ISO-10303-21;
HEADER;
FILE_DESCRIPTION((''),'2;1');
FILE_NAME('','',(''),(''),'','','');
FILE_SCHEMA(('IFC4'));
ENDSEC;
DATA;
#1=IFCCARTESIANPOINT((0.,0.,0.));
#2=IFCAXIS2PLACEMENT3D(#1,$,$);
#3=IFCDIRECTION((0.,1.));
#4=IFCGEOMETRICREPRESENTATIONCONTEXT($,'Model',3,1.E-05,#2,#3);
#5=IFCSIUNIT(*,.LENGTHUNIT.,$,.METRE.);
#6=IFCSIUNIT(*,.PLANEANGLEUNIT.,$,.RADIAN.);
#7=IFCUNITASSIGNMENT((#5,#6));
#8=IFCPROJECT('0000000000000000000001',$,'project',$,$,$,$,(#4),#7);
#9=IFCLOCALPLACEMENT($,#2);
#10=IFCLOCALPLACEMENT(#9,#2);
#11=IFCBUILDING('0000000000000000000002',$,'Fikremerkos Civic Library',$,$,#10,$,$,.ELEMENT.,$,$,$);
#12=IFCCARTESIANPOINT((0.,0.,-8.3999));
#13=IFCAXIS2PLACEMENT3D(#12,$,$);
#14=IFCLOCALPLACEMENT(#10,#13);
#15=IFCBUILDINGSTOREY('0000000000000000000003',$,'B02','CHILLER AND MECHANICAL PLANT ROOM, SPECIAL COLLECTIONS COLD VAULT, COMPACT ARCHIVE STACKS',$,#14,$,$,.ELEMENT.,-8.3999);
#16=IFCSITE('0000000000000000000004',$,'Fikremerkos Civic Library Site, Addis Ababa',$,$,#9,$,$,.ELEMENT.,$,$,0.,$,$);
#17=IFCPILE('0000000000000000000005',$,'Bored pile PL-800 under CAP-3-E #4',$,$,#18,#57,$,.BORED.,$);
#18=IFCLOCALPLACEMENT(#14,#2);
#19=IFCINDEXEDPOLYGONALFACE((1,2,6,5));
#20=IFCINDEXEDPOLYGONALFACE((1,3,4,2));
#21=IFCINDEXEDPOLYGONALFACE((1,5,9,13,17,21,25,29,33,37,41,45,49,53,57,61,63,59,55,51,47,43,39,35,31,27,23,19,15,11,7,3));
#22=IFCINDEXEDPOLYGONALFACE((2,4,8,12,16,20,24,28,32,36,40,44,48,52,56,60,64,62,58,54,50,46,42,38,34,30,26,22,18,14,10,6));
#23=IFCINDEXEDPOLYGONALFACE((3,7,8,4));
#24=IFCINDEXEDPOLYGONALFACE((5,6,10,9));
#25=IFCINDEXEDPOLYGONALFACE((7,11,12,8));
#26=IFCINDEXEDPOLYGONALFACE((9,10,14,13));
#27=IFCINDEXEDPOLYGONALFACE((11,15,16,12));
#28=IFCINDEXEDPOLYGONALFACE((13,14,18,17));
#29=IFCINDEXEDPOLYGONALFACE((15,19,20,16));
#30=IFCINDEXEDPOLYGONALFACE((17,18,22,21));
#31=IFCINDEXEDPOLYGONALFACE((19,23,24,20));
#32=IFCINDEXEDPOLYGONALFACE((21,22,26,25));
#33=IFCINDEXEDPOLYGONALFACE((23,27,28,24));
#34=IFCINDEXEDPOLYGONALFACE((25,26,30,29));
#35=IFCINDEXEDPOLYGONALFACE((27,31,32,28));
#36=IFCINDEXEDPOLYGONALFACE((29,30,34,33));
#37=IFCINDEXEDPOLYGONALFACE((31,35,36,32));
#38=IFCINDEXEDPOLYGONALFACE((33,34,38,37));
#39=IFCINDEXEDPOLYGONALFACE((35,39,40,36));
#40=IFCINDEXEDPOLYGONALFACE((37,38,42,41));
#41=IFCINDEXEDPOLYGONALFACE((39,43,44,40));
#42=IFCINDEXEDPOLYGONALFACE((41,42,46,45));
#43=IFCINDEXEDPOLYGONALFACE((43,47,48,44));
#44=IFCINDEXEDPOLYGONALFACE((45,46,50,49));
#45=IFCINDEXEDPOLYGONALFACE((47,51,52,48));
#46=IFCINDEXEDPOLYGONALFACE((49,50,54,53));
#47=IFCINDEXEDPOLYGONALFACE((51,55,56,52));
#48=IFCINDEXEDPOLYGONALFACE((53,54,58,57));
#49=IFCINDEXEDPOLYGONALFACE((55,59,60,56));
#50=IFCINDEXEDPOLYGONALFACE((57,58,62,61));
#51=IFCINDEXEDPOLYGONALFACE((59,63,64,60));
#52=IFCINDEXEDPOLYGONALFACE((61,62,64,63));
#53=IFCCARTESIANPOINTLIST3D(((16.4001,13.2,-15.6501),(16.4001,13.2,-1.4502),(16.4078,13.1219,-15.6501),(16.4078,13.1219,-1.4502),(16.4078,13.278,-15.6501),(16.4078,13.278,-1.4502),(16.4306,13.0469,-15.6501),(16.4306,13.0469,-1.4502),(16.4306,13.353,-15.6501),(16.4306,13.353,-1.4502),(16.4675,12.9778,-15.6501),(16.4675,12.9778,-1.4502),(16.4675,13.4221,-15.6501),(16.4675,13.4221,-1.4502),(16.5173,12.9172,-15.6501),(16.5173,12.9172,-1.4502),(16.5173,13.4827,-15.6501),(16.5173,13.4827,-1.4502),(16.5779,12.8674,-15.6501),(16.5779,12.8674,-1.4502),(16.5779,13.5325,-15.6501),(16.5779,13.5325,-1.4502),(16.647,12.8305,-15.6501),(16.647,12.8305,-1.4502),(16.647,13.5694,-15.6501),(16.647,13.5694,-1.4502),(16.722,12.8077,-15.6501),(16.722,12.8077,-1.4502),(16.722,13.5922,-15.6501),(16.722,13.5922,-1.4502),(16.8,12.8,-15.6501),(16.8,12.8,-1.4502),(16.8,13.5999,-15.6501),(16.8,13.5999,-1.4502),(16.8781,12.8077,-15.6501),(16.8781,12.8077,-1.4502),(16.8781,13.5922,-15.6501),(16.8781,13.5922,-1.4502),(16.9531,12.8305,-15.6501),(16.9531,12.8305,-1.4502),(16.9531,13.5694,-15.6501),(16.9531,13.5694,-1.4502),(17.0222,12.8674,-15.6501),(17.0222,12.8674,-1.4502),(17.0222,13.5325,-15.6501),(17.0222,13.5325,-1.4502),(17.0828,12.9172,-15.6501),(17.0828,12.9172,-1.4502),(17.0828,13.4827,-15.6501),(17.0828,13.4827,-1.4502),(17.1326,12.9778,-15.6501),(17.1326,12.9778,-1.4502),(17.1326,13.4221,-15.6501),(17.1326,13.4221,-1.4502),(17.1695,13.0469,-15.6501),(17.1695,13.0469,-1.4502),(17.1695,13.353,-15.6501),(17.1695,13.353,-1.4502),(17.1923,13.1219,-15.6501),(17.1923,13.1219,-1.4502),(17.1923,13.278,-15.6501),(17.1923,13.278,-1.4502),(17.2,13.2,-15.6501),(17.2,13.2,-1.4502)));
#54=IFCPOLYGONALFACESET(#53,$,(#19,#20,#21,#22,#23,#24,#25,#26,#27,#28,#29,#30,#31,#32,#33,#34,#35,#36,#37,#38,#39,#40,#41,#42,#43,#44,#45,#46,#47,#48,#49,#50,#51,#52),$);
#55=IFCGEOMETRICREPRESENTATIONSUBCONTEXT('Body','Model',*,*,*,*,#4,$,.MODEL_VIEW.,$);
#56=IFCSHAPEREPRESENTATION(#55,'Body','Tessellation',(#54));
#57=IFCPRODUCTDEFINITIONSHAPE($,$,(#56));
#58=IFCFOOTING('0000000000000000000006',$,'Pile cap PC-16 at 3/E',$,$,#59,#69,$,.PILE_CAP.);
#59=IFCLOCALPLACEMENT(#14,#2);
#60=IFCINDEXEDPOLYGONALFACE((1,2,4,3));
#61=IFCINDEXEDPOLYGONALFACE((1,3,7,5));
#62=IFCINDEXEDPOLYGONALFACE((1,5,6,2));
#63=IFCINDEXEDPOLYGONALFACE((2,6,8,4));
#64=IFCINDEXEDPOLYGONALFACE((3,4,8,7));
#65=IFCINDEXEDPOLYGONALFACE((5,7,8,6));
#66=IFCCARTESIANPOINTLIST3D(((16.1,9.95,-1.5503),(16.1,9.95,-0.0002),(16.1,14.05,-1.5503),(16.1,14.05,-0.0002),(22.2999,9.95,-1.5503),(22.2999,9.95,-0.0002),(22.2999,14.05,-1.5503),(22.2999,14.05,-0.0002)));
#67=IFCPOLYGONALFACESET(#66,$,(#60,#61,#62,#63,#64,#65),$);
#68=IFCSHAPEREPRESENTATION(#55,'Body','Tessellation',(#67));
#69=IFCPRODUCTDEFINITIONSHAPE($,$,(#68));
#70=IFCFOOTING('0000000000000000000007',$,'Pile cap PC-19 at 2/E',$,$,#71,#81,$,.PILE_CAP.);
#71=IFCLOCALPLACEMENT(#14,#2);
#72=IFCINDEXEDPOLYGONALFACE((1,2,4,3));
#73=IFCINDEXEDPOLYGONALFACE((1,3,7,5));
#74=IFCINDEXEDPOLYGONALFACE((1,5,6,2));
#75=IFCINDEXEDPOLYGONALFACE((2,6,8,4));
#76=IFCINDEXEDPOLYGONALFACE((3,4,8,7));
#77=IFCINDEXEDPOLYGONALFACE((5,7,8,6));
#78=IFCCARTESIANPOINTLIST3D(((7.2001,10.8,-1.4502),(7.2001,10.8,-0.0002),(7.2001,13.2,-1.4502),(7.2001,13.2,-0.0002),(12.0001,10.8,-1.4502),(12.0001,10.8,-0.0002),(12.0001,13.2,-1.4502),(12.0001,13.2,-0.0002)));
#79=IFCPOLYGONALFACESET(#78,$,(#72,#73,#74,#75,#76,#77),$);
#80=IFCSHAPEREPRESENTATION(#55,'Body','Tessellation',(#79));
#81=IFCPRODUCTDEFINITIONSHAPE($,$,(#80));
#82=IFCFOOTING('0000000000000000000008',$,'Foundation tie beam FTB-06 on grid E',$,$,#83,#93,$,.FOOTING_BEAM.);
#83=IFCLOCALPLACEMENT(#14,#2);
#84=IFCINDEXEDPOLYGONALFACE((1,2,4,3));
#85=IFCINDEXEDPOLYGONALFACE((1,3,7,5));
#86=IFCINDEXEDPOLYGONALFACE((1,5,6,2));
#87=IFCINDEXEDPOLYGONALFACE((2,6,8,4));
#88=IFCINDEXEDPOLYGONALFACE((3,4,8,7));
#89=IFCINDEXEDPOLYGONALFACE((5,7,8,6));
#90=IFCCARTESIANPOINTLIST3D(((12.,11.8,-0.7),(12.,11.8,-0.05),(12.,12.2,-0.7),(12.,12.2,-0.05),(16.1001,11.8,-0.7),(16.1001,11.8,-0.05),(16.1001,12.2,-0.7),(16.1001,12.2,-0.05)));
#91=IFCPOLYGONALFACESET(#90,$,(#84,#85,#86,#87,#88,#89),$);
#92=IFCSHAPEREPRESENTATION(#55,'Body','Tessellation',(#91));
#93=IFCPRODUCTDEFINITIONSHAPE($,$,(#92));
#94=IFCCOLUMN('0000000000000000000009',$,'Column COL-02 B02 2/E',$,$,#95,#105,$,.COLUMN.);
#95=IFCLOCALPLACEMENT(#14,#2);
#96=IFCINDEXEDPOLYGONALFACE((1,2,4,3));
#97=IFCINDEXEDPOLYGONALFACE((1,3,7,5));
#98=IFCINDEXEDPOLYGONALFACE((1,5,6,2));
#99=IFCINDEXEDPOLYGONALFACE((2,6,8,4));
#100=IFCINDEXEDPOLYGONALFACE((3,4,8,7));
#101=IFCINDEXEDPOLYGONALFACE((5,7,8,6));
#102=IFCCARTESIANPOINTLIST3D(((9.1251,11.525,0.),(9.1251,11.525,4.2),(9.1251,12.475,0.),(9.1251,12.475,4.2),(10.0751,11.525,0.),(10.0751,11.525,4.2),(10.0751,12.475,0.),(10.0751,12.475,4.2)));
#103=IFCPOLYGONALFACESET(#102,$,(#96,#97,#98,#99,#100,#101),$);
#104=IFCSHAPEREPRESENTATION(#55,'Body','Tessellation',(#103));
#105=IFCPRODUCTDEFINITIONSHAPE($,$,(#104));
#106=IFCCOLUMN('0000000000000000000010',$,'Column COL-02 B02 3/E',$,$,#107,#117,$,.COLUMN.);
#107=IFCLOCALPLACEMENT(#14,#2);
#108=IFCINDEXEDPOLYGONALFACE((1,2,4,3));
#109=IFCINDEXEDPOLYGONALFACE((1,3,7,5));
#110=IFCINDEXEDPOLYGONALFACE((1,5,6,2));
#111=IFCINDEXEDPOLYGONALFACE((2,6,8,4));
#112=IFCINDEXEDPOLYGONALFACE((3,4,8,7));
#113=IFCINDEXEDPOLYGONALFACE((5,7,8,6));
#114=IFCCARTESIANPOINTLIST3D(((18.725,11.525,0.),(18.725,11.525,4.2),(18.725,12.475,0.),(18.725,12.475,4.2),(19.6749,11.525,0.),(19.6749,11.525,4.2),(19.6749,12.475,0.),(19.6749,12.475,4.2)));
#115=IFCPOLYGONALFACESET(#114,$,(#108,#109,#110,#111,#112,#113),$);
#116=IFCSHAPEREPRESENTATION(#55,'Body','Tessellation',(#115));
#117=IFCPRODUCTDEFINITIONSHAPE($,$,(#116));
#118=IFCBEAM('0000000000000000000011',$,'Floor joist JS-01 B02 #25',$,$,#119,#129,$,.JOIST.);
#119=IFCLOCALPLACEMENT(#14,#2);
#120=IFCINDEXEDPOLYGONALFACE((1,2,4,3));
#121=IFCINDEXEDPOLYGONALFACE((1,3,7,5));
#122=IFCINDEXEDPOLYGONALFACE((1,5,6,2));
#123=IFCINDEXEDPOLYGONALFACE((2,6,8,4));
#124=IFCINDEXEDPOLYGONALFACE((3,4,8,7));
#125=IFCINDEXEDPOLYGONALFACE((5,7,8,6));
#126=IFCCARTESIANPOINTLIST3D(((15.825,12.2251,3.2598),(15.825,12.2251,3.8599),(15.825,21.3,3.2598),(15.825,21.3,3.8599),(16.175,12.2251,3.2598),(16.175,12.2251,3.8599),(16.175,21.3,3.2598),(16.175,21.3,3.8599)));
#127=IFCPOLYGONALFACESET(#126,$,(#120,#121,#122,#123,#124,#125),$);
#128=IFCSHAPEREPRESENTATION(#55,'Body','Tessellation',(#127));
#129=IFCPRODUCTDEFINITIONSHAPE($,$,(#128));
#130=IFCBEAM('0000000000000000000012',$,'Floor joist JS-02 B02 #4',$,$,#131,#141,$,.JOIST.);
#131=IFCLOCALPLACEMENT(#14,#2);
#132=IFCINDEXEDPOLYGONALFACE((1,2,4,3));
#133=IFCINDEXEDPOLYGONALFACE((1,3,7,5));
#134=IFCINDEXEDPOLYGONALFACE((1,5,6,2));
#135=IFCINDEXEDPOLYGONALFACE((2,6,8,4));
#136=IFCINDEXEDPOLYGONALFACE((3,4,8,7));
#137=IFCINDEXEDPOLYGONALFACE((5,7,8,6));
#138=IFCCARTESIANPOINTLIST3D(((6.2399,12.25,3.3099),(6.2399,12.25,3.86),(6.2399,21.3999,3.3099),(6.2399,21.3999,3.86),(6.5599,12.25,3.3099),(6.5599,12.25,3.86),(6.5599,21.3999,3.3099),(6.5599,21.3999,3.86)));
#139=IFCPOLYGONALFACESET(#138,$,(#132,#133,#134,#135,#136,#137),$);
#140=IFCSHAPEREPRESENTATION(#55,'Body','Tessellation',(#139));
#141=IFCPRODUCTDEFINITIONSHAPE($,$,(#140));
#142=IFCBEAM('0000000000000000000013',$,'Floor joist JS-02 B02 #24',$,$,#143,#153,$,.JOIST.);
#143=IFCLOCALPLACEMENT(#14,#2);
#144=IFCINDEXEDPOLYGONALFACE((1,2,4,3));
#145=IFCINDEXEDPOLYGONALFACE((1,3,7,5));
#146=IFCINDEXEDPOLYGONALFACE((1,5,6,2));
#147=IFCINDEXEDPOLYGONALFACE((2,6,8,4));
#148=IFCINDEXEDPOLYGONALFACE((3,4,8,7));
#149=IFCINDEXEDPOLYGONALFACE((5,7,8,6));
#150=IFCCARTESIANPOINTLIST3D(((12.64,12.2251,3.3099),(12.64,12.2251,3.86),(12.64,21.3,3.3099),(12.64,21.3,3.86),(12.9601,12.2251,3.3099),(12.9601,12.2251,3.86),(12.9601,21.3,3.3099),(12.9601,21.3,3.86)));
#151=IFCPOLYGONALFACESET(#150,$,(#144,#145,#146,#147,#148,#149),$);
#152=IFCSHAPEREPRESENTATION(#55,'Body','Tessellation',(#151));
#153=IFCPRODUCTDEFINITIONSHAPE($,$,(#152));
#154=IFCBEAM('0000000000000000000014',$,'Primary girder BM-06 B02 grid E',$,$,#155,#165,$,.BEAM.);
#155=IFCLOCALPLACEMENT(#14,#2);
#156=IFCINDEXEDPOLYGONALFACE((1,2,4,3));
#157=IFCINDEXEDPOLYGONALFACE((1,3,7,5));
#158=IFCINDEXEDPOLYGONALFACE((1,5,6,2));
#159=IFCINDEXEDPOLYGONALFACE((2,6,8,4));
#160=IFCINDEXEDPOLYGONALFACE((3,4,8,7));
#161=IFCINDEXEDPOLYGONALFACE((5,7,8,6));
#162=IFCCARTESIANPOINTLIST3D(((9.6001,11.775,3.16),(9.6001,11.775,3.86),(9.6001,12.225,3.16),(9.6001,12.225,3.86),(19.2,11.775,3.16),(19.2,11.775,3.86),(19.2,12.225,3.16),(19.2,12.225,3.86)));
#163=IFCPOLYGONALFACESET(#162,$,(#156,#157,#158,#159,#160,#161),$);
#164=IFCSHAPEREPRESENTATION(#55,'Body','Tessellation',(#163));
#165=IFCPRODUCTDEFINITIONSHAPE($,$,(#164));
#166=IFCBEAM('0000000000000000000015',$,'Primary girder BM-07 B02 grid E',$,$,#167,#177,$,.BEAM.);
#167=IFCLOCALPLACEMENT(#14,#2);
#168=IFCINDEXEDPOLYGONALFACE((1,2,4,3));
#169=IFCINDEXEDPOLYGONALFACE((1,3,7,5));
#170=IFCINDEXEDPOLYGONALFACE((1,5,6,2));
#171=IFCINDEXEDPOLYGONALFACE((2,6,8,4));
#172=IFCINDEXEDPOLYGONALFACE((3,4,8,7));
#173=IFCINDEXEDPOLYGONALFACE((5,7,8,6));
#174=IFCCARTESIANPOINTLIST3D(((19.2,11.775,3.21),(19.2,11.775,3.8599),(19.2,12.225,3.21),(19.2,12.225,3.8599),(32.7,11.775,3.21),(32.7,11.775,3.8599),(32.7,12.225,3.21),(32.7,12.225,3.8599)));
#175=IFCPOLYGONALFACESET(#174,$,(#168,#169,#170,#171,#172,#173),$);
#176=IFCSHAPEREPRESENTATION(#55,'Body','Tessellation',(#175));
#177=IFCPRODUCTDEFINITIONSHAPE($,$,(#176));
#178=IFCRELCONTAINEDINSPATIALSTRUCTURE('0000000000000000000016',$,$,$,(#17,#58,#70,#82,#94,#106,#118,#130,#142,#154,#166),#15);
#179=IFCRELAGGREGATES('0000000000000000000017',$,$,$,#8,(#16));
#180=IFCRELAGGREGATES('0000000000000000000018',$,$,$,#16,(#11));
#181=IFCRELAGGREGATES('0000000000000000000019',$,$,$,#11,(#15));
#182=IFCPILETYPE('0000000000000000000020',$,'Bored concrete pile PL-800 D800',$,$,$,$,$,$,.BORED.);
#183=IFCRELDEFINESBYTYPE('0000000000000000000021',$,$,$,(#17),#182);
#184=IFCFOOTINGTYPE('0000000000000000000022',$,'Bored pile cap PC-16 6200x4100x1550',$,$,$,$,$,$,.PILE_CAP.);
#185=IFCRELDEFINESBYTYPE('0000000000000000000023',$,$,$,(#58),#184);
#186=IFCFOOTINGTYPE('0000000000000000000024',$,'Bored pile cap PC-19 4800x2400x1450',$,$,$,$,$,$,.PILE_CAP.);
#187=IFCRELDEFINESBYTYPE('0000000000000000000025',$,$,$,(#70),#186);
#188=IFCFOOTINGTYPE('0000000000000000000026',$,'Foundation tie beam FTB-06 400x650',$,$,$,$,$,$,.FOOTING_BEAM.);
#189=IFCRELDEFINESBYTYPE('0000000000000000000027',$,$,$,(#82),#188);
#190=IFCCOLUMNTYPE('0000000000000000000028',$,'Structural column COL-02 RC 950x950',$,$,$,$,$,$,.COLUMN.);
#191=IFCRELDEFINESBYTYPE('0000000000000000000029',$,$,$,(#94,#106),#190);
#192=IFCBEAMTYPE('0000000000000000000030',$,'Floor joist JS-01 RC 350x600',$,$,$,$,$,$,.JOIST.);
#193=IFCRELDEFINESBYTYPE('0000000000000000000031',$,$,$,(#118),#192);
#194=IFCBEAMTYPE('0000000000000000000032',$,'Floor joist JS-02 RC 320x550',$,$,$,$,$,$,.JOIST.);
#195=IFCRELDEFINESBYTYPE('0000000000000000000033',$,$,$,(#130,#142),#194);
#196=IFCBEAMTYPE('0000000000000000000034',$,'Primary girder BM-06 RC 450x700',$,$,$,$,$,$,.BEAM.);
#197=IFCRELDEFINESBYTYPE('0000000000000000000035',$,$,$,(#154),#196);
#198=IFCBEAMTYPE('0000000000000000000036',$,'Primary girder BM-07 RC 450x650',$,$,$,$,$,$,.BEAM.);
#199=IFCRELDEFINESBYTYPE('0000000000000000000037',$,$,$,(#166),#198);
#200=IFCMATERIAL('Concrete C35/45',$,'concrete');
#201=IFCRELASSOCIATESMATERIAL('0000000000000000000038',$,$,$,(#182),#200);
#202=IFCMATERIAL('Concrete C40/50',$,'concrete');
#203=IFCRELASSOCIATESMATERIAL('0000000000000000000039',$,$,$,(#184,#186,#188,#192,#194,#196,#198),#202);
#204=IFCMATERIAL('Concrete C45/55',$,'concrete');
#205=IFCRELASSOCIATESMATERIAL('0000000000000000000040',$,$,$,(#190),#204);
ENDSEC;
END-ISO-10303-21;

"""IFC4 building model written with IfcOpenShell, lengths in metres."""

from ifc_helpers import new_model, si_unit, direction, frame, origin, origin_2d, place, context, subcontext, project, spatial, rectangle, circle, extrude, material, material_profile, profile_set, type_object, element, save


model = new_model("IFC4")

# Units and contexts
model_context = context("Model", 3, precision=1e-05, world=origin(), true_north=direction((0.0, 1.0)))
body_context = subcontext(model_context, "Body", "Model", "MODEL_VIEW")
ifc_project = project(units=[si_unit("LENGTHUNIT", "METRE"), si_unit("PLANEANGLEUNIT", "RADIAN")], contexts=[model_context])

# Site, building, storey
site_placement = place(None, origin())
site = spatial("IfcSite", under=ifc_project, at=site_placement, Name="Fikremerkos Civic Library Site, Addis Ababa", CompositionType="ELEMENT", RefElevation=0.0)
building_placement = place(site_placement, origin())
building = spatial("IfcBuilding", under=site, at=building_placement, Name="Fikremerkos Civic Library", CompositionType="ELEMENT")
storey_placement = place(building_placement, frame((0.0, 0.0, -8.3999)))
storey = spatial("IfcBuildingStorey", under=building, at=storey_placement, Name="B02", Description="CHILLER AND MECHANICAL PLANT ROOM, SPECIAL COLLECTIONS COLD VAULT, COMPACT ARCHIVE STACKS", CompositionType="ELEMENT", Elevation=-8.3999)

# Pile
ifc_material_1 = material(Name="Concrete C35/45", Category="concrete")
ifc_material_profile_1 = material_profile(ifc_material_1, circle(Radius=0.3999, at=origin_2d()), Name="BORED PILE 800")
ifc_profile_set_1 = profile_set([ifc_material_profile_1], Name="Concrete C35/45")
pile_type_1 = type_object("IfcPileType", Name="Bored concrete pile PL-800 D800", PredefinedType="BORED", material=ifc_profile_set_1)
for number, where, z_axis, x_axis, name in (
    (1, (16.8, 13.2, -1.4502), (0.0, 0.0, -1.0), (1.0, 0.0, 0.0), "Bored pile PL-800 under CAP-3-E #4"),
):
    element("IfcPile", number, at=place(storey_placement, frame(where, z_axis=z_axis, x_axis=x_axis)), inside=storey, type_object=pile_type_1, Name=name, PredefinedType="BORED", context=body_context, shape_type="SweptSolid", body=[
        extrude(circle(Radius=0.3999, at=origin_2d()), origin(), (0.0, 0.0, 1.0), 14.2),
    ])

# Footings
ifc_material_2 = material(Name="Concrete C40/50", Category="concrete")
footing_type_1 = type_object("IfcFootingType", Name="Bored pile cap PC-16 6200x4100x1550", PredefinedType="PILE_CAP", material=ifc_material_2)
footing_1_placement = place(storey_placement, frame((19.2, 12.0, -1.5503), z_axis=(0.0, 0.0, 1.0), x_axis=(1.0, 0.0, 0.0)))
element("IfcFooting", 2, at=footing_1_placement, inside=storey, type_object=footing_type_1, Name="Pile cap PC-16 at 3/E", PredefinedType="PILE_CAP", context=body_context, shape_type="SweptSolid", body=[
    extrude(rectangle(XDim=6.2, YDim=4.1001, at=origin_2d()), origin(), (0.0, 0.0, 1.0), 1.55),
])
footing_type_2 = type_object("IfcFootingType", Name="Bored pile cap PC-19 4800x2400x1450", PredefinedType="PILE_CAP", material=ifc_material_2)
footing_2_placement = place(storey_placement, frame((9.6001, 12.0, -1.4502), z_axis=(0.0, 0.0, 1.0), x_axis=(1.0, 0.0, 0.0)))
element("IfcFooting", 3, at=footing_2_placement, inside=storey, type_object=footing_type_2, Name="Pile cap PC-19 at 2/E", PredefinedType="PILE_CAP", context=body_context, shape_type="SweptSolid", body=[
    extrude(rectangle(XDim=4.8, YDim=2.3999, at=origin_2d()), origin(), (0.0, 0.0, 1.0), 1.45),
])
footing_type_3 = type_object("IfcFootingType", Name="Foundation tie beam FTB-06 400x650", PredefinedType="FOOTING_BEAM", material=ifc_material_2)
footing_3_placement = place(storey_placement, frame((14.05, 12.0, -0.7), z_axis=(0.0, 0.0, 1.0), x_axis=(1.0, 0.0, 0.0)))
element("IfcFooting", 4, at=footing_3_placement, inside=storey, type_object=footing_type_3, Name="Foundation tie beam FTB-06 on grid E", PredefinedType="FOOTING_BEAM", context=body_context, shape_type="SweptSolid", body=[
    extrude(rectangle(XDim=4.1001, YDim=0.3999, at=origin_2d()), origin(), (0.0, 0.0, 1.0), 0.6499),
])

# Columns
ifc_material_3 = material(Name="Concrete C45/55", Category="concrete")
ifc_material_profile_2 = material_profile(ifc_material_3, rectangle(XDim=0.95, YDim=0.95, at=origin_2d()), Name="RC 950x950")
ifc_profile_set_2 = profile_set([ifc_material_profile_2], Name="Concrete C45/55")
column_type = type_object("IfcColumnType", Name="Structural column COL-02 RC 950x950", PredefinedType="COLUMN", material=ifc_profile_set_2)
for number, where, z_axis, x_axis, name in (
    (5, (9.6001, 12.0, 0.0), (0.0, 0.0, 1.0), (1.0, 0.0, 0.0), "Column COL-02 B02 2/E"),
    (6, (19.2, 12.0, 0.0), (0.0, 0.0, 1.0), (1.0, 0.0, 0.0), "Column COL-02 B02 3/E"),
):
    element("IfcColumn", number, at=place(storey_placement, frame(where, z_axis=z_axis, x_axis=x_axis)), inside=storey, type_object=column_type, Name=name, PredefinedType="COLUMN", context=body_context, shape_type="SweptSolid", body=[
        extrude(rectangle(XDim=0.95, YDim=0.95, at=origin_2d()), origin(), (0.0, 0.0, 1.0), 4.2),
    ])

# Beams
ifc_material_profile_3 = material_profile(ifc_material_2, rectangle(XDim=0.3501, YDim=0.6001, at=origin_2d()), Name="RC 350x600")
ifc_profile_set_3 = profile_set([ifc_material_profile_3], Name="Concrete C40/50")
beam_type_1 = type_object("IfcBeamType", Name="Floor joist JS-01 RC 350x600", PredefinedType="JOIST", material=ifc_profile_set_3)
beam_1_placement = place(storey_placement, frame((16.0, 12.2251, 3.5598), z_axis=(0.0, 1.0, 0.0), x_axis=(-1.0, 0.0, 0.0)))
element("IfcBeam", 7, at=beam_1_placement, inside=storey, type_object=beam_type_1, Name="Floor joist JS-01 B02 #25", PredefinedType="JOIST", context=body_context, shape_type="SweptSolid", body=[
    extrude(rectangle(XDim=0.3501, YDim=0.6001, at=origin_2d()), origin(), (0.0, 0.0, 1.0), 9.075),
])
ifc_material_profile_4 = material_profile(ifc_material_2, rectangle(XDim=0.3201, YDim=0.55, at=origin_2d()), Name="RC 320x550")
ifc_profile_set_4 = profile_set([ifc_material_profile_4], Name="Concrete C40/50")
beam_type_2 = type_object("IfcBeamType", Name="Floor joist JS-02 RC 320x550", PredefinedType="JOIST", material=ifc_profile_set_4)
beam_2_placement = place(storey_placement, frame((6.3999, 12.25, 3.585), z_axis=(0.0, 1.0, 0.0), x_axis=(-1.0, 0.0, 0.0)))
element("IfcBeam", 8, at=beam_2_placement, inside=storey, type_object=beam_type_2, Name="Floor joist JS-02 B02 #4", PredefinedType="JOIST", context=body_context, shape_type="SweptSolid", body=[
    extrude(rectangle(XDim=0.3201, YDim=0.55, at=origin_2d()), origin(), (0.0, 0.0, 1.0), 9.1499),
])
beam_3_placement = place(storey_placement, frame((12.8, 12.2251, 3.585), z_axis=(0.0, 1.0, 0.0), x_axis=(-1.0, 0.0, 0.0)))
element("IfcBeam", 9, at=beam_3_placement, inside=storey, type_object=beam_type_2, Name="Floor joist JS-02 B02 #24", PredefinedType="JOIST", context=body_context, shape_type="SweptSolid", body=[
    extrude(rectangle(XDim=0.3201, YDim=0.55, at=origin_2d()), origin(), (0.0, 0.0, 1.0), 9.075),
])
ifc_material_profile_5 = material_profile(ifc_material_2, rectangle(XDim=0.45, YDim=0.7, at=origin_2d()), Name="RC 450x700")
ifc_profile_set_5 = profile_set([ifc_material_profile_5], Name="Concrete C40/50")
beam_type_3 = type_object("IfcBeamType", Name="Primary girder BM-06 RC 450x700", PredefinedType="BEAM", material=ifc_profile_set_5)
beam_4_placement = place(storey_placement, frame((9.6001, 12.0, 3.51), z_axis=(1.0, 0.0, 0.0), x_axis=(0.0, 1.0, 0.0)))
element("IfcBeam", 10, at=beam_4_placement, inside=storey, type_object=beam_type_3, Name="Primary girder BM-06 B02 grid E", PredefinedType="BEAM", context=body_context, shape_type="SweptSolid", body=[
    extrude(rectangle(XDim=0.45, YDim=0.7, at=origin_2d()), origin(), (0.0, 0.0, 1.0), 9.5999),
])
ifc_material_profile_6 = material_profile(ifc_material_2, rectangle(XDim=0.45, YDim=0.6499, at=origin_2d()), Name="RC 450x650")
ifc_profile_set_6 = profile_set([ifc_material_profile_6], Name="Concrete C40/50")
beam_type_4 = type_object("IfcBeamType", Name="Primary girder BM-07 RC 450x650", PredefinedType="BEAM", material=ifc_profile_set_6)
beam_5_placement = place(storey_placement, frame((19.2, 12.0, 3.5349), z_axis=(1.0, 0.0, 0.0), x_axis=(0.0, 1.0, 0.0)))
element("IfcBeam", 11, at=beam_5_placement, inside=storey, type_object=beam_type_4, Name="Primary girder BM-07 B02 grid E", PredefinedType="BEAM", context=body_context, shape_type="SweptSolid", body=[
    extrude(rectangle(XDim=0.45, YDim=0.6499, at=origin_2d()), origin(), (0.0, 0.0, 1.0), 13.5),
])

save(model, "model.ifc")
